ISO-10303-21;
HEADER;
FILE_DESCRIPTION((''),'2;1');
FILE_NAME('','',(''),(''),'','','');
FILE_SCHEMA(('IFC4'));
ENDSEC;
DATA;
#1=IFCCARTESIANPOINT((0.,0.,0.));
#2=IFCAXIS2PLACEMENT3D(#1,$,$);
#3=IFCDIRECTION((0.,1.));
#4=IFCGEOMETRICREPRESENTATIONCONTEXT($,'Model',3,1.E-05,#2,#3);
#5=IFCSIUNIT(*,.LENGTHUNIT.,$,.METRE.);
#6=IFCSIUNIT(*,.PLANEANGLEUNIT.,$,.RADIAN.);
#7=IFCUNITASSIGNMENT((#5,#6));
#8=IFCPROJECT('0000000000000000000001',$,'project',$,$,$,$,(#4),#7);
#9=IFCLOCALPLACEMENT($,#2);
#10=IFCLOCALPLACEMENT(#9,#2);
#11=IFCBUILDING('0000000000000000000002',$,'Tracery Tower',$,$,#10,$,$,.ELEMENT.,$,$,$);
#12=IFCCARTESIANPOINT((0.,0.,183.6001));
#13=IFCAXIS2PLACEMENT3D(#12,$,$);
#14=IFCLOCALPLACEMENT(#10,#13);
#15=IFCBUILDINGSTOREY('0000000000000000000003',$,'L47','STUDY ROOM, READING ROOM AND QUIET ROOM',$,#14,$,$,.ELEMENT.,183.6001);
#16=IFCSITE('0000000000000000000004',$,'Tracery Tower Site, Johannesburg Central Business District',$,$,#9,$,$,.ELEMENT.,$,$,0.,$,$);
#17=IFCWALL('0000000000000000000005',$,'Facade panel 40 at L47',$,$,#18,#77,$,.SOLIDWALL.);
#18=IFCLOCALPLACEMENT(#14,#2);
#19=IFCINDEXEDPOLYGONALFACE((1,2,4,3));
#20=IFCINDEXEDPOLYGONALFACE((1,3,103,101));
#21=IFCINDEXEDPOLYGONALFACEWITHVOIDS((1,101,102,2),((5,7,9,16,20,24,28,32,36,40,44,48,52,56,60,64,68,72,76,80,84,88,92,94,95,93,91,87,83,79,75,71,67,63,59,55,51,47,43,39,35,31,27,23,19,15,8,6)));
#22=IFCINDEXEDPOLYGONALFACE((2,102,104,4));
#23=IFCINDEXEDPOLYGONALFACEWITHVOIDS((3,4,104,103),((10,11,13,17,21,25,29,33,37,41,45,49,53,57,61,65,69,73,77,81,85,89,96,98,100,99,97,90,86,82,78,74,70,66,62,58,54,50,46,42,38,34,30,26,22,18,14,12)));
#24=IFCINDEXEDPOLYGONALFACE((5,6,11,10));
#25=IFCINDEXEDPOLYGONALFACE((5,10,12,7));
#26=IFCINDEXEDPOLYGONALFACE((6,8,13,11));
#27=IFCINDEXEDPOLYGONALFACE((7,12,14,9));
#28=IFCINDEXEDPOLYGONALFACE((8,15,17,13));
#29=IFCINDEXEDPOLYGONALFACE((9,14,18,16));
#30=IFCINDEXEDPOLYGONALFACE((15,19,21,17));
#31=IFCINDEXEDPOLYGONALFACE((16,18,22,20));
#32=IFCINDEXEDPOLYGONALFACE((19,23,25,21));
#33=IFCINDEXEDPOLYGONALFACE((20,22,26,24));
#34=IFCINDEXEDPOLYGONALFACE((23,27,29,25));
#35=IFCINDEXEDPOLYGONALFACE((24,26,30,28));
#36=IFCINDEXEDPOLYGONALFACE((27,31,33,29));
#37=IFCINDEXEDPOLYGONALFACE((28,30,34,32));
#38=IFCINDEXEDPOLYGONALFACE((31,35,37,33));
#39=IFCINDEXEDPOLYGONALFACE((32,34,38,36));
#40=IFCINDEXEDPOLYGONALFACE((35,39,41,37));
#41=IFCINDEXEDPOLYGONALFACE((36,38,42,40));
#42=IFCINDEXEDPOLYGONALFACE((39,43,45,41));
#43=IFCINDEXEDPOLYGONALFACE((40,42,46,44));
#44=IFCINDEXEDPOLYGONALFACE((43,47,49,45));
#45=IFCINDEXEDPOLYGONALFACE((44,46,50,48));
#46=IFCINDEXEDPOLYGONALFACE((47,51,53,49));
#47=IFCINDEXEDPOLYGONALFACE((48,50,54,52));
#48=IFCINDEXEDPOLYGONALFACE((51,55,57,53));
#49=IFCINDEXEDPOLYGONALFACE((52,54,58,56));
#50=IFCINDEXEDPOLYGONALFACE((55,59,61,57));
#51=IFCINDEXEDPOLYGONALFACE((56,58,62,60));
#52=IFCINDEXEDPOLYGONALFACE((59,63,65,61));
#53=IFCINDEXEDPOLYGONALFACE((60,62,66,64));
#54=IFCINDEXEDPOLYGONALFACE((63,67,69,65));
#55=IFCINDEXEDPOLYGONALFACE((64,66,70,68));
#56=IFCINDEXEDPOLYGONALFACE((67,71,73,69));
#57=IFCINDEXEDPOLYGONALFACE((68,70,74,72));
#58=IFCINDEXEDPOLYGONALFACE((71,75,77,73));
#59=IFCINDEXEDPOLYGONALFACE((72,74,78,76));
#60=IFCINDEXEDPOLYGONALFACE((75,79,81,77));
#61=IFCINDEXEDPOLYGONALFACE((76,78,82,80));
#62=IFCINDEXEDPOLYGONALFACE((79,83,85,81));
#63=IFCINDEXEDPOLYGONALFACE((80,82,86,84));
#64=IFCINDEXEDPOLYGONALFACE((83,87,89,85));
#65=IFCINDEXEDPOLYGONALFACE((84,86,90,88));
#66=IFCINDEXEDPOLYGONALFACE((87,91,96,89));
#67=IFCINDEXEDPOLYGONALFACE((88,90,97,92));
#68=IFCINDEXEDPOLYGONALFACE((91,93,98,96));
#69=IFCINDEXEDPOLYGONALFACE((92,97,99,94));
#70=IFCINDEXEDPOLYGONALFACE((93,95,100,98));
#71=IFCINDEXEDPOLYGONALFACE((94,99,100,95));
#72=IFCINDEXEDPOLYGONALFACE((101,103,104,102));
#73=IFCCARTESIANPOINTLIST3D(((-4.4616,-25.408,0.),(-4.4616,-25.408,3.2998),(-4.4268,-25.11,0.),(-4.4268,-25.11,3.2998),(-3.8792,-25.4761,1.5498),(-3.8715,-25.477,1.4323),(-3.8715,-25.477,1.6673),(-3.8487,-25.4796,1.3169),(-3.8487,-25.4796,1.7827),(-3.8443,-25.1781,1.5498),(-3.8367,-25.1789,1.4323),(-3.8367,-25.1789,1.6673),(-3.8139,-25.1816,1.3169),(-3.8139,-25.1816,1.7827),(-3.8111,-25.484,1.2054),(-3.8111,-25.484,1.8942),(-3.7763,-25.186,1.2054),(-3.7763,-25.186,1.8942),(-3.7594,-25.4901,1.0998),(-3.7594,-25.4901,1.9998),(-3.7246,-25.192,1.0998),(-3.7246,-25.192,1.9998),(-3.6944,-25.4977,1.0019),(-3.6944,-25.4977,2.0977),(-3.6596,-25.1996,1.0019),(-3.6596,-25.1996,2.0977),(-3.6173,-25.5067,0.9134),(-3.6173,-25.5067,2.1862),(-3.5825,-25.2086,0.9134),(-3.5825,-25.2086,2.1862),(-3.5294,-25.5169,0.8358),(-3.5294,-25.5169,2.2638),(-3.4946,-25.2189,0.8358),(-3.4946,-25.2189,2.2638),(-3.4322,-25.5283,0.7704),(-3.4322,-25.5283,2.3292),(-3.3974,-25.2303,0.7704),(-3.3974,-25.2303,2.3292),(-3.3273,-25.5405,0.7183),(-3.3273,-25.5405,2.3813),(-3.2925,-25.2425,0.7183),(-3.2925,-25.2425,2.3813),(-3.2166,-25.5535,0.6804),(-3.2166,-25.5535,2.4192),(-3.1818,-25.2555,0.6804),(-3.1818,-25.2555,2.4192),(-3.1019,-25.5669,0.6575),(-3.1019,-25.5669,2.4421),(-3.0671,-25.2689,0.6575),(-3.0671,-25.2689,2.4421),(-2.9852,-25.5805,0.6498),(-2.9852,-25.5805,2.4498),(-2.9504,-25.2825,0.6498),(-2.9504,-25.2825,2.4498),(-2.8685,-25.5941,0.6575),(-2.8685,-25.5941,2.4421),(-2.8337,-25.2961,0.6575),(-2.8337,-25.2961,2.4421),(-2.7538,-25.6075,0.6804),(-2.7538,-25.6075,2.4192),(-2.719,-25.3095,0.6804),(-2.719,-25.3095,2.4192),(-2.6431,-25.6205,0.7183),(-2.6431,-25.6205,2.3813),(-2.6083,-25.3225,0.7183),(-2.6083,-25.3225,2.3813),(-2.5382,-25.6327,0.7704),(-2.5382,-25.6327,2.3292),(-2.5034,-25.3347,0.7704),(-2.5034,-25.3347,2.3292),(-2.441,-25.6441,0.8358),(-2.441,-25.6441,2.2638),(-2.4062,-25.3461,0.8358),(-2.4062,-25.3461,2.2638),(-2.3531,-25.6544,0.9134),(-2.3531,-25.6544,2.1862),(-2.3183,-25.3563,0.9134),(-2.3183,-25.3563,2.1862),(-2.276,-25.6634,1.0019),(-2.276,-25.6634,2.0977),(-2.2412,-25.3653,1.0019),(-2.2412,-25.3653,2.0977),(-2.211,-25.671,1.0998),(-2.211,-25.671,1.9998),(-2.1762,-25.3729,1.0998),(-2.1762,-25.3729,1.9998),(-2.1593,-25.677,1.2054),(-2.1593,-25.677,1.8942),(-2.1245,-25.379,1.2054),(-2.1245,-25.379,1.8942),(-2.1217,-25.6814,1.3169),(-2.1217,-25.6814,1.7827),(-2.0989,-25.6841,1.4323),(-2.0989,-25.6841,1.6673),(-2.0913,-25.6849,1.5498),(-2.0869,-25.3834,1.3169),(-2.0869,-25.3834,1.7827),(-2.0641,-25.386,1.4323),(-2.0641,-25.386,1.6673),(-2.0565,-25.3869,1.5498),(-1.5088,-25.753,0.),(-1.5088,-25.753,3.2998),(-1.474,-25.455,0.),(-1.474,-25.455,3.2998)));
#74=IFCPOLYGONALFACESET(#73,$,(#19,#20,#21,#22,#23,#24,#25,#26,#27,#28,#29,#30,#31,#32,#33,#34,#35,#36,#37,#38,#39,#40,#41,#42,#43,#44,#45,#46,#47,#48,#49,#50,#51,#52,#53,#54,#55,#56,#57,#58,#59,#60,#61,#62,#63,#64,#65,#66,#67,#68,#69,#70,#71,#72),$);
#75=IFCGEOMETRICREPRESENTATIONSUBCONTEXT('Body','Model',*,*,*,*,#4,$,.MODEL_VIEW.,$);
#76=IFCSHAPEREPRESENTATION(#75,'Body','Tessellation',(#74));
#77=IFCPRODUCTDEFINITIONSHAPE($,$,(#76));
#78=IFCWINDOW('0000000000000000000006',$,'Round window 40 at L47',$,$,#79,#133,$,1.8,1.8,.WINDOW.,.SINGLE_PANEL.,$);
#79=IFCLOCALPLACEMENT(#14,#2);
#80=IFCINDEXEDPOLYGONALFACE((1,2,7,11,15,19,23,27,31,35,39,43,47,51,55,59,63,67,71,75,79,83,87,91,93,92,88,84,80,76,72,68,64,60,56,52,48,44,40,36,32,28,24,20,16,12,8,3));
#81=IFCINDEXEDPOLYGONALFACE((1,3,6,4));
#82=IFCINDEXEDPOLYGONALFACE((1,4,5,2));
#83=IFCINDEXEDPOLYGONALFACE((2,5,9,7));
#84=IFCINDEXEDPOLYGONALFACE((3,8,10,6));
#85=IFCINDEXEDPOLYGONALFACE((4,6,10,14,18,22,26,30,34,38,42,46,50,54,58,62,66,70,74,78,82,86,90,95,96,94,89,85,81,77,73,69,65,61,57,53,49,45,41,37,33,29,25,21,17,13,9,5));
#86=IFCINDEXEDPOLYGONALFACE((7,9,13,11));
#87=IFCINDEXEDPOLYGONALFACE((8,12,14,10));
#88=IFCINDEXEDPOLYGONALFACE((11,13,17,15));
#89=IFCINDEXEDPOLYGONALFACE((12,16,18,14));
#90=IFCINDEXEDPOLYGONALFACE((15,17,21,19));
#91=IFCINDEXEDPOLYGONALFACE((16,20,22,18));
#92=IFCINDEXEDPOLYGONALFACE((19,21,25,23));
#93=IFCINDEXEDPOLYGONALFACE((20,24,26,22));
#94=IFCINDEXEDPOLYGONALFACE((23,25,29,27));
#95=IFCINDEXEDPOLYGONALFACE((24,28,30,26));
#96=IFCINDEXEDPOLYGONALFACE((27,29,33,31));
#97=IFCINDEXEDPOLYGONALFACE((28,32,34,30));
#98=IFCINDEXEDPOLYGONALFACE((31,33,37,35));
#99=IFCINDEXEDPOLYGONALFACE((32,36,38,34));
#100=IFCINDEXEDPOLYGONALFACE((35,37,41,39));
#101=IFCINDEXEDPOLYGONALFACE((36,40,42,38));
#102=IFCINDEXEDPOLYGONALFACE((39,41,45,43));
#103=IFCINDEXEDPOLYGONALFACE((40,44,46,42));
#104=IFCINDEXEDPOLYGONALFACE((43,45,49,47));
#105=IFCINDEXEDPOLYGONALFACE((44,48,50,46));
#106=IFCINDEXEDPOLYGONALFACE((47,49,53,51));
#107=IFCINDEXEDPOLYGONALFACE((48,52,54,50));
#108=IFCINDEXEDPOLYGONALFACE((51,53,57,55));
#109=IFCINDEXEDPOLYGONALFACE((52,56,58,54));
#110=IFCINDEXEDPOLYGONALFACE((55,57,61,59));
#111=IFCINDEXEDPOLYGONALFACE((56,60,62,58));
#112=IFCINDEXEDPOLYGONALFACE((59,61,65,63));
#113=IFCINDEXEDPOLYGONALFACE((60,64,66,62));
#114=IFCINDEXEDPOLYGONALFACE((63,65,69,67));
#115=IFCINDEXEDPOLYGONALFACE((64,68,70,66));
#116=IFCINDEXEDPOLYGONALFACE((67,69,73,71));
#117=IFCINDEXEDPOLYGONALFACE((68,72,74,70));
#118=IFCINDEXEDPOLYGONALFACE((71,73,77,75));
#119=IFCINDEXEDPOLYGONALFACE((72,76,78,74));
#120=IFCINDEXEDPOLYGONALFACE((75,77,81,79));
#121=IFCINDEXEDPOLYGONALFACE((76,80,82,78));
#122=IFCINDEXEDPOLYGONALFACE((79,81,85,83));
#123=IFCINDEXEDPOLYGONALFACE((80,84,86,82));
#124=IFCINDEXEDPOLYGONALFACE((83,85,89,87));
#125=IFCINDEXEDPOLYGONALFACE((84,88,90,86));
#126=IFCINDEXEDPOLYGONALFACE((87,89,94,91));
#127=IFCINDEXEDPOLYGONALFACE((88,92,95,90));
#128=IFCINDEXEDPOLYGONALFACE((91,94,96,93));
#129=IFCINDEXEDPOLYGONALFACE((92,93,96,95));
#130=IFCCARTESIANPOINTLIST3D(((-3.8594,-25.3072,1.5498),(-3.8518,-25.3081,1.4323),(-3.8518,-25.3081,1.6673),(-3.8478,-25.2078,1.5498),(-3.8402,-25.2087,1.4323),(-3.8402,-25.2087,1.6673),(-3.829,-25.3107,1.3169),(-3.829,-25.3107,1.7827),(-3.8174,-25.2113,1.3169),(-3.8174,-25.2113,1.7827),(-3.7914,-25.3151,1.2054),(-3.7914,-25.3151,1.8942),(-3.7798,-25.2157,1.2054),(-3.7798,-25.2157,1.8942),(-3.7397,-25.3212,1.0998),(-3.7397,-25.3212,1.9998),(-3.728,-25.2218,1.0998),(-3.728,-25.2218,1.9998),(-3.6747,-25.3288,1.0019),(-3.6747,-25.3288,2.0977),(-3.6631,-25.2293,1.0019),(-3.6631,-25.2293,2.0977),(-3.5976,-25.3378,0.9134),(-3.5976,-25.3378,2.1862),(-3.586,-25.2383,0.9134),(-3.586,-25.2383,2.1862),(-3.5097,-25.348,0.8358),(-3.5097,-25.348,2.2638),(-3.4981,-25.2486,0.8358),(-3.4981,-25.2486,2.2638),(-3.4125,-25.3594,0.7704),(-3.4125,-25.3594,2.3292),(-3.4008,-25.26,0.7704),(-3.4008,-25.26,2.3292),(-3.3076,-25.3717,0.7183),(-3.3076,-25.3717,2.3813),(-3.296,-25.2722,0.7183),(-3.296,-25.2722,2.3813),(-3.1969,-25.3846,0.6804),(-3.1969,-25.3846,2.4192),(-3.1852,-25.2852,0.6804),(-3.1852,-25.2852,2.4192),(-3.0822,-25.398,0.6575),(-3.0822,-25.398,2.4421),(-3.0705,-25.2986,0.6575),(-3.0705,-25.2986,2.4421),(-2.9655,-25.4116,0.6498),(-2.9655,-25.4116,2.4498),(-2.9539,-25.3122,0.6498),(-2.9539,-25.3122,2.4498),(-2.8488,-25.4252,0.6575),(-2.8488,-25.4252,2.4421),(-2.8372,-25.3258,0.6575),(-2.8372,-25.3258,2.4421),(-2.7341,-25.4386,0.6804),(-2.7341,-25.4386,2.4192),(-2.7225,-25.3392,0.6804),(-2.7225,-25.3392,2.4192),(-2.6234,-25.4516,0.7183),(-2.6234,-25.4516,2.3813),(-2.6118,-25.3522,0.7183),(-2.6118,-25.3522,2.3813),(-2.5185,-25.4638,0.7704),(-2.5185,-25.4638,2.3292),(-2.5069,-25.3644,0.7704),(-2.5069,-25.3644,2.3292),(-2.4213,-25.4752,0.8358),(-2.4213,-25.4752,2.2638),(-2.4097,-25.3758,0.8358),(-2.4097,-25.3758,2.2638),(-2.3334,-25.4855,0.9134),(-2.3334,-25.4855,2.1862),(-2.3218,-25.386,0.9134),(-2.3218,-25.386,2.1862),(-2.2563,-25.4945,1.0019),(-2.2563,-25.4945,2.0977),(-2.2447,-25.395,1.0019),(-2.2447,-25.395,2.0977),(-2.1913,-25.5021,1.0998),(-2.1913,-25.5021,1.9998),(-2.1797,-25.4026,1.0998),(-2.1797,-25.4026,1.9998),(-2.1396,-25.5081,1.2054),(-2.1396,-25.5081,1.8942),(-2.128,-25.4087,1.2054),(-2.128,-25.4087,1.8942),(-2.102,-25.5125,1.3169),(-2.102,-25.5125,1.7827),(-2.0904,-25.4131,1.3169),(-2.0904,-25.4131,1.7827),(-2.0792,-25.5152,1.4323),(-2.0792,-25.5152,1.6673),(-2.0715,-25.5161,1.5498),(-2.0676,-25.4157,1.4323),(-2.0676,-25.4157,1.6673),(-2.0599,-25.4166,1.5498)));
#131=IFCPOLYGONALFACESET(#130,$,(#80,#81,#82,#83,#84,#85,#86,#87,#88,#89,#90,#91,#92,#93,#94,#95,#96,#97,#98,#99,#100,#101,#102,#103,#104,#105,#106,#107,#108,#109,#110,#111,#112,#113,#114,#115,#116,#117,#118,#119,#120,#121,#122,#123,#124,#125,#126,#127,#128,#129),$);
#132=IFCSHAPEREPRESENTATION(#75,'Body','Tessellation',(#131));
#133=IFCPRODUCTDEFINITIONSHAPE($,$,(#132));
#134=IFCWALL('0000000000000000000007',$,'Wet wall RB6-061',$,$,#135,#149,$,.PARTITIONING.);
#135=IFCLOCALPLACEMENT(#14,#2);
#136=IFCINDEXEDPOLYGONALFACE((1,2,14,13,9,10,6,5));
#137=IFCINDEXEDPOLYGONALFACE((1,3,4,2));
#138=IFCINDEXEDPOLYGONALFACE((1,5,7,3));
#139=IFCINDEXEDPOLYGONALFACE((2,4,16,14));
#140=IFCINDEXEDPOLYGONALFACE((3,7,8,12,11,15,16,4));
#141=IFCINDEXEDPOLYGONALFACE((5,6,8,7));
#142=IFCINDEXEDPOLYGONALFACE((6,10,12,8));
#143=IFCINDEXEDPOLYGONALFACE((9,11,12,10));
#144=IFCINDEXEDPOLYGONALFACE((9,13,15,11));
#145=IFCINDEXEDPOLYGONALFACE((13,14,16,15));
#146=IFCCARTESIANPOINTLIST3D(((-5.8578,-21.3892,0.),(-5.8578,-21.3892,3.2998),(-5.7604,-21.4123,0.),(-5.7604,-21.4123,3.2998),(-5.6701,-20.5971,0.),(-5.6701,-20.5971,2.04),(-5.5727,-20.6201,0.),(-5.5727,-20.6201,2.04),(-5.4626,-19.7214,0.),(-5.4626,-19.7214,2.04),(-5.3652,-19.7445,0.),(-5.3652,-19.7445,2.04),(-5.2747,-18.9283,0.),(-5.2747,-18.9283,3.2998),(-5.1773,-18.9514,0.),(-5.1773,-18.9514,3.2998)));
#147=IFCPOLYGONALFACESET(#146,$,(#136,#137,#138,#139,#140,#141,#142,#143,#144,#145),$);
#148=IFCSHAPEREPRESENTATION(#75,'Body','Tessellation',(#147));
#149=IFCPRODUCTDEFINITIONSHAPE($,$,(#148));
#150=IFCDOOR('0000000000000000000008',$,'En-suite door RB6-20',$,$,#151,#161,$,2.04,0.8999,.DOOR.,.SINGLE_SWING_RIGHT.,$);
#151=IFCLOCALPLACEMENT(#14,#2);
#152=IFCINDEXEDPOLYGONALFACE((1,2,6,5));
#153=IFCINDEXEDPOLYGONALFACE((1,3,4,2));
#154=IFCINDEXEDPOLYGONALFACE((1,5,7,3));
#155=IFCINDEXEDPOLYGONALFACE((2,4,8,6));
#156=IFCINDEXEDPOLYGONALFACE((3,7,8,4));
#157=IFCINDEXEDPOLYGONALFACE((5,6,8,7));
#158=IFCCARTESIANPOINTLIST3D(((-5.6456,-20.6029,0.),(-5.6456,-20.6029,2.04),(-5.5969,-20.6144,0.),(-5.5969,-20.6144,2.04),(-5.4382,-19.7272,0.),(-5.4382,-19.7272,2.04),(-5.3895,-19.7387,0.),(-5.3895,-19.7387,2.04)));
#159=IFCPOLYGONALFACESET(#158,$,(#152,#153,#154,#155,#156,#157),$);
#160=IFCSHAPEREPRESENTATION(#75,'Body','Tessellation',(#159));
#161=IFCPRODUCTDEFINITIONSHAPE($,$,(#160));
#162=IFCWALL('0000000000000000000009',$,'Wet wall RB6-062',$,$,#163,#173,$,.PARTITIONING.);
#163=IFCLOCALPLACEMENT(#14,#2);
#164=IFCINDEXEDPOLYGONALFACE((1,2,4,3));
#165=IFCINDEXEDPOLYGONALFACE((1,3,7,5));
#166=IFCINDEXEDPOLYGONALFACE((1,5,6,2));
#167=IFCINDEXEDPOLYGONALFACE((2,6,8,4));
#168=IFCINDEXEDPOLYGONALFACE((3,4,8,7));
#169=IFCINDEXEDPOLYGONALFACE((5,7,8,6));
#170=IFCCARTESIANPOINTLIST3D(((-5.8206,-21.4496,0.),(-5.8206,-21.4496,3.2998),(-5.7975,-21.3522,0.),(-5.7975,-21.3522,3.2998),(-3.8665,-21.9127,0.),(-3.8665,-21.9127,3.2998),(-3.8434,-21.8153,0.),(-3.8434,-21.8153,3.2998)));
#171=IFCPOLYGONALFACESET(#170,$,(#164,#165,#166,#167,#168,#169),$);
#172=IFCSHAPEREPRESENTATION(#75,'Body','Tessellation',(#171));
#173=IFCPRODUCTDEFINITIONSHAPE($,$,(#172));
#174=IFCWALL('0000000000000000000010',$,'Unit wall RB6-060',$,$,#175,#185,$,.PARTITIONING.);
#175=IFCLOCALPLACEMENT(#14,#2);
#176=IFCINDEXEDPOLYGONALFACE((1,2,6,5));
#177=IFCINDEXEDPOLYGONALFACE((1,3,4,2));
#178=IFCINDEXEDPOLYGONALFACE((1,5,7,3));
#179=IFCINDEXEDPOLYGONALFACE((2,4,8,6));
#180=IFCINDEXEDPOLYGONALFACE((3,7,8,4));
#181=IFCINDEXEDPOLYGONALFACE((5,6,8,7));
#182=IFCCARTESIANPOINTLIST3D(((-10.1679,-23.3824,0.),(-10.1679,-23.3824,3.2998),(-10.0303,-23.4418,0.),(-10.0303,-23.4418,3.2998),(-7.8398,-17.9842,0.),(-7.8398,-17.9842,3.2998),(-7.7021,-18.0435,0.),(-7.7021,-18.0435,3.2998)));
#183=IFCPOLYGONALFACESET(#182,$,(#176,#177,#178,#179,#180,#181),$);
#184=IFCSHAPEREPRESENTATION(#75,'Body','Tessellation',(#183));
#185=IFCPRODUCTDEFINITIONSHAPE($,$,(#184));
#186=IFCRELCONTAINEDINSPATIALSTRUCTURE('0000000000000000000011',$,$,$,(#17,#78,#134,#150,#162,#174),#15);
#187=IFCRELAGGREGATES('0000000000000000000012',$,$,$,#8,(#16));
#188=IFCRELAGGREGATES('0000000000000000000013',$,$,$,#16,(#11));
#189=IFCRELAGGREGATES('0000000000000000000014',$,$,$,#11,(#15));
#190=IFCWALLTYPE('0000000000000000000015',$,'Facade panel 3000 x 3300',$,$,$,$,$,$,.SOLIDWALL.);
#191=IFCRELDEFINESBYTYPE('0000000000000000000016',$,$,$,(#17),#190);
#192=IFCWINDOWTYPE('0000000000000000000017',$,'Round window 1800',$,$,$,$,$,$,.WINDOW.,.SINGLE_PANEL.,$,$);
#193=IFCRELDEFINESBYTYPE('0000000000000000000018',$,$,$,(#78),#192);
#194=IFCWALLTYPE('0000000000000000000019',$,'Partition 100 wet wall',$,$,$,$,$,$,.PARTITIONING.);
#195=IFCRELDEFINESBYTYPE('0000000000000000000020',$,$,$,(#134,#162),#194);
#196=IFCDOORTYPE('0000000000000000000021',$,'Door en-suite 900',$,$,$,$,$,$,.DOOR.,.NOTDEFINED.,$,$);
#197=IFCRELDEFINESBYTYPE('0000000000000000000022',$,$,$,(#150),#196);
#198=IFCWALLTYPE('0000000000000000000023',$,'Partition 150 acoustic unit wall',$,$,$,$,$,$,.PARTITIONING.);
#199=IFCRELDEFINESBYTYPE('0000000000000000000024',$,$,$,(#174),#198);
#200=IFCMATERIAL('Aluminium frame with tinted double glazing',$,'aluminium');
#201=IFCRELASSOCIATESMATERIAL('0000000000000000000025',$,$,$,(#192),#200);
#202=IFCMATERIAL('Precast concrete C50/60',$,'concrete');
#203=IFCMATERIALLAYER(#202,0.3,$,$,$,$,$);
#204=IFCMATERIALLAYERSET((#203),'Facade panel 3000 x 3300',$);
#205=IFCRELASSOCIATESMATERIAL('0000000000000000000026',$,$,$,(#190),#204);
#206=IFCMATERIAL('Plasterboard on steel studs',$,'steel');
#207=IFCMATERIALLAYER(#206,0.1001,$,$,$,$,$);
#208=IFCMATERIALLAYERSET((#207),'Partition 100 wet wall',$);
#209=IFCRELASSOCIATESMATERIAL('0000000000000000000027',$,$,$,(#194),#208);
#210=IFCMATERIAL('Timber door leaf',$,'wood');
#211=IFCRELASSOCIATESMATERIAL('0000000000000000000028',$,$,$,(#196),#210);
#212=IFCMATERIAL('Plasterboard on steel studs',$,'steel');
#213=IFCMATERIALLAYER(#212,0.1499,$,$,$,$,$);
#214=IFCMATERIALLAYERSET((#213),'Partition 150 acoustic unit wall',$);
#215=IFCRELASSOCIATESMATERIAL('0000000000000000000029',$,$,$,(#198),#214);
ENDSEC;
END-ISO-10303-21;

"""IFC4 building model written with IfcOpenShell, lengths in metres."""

from ifc_helpers import new_model, si_unit, direction, frame, frame_2d, origin, origin_2d, place, context, subcontext, project, spatial, rectangle, circle, extrude, material, layer, layer_set, type_object, element, fill, save


model = new_model("IFC4")

# Units and contexts
model_context = context("Model", 3, precision=1e-05, world=origin(), true_north=direction((0.0, 1.0)))
body_context = subcontext(model_context, "Body", "Model", "MODEL_VIEW")
ifc_project = project(units=[si_unit("LENGTHUNIT", "METRE"), si_unit("PLANEANGLEUNIT", "RADIAN")], contexts=[model_context])

# Site, building, storey
site_placement = place(None, origin())
site = spatial("IfcSite", under=ifc_project, at=site_placement, Name="Tracery Tower Site, Johannesburg Central Business District", CompositionType="ELEMENT", RefElevation=0.0)
building_placement = place(site_placement, origin())
building = spatial("IfcBuilding", under=site, at=building_placement, Name="Tracery Tower", CompositionType="ELEMENT")
storey_placement = place(building_placement, frame((0.0, 0.0, 183.6001)))
storey = spatial("IfcBuildingStorey", under=building, at=storey_placement, Name="L47", Description="STUDY ROOM, READING ROOM AND QUIET ROOM", CompositionType="ELEMENT", Elevation=183.6001)

# Wall, opening, window
ifc_material_1 = material(Name="Aluminium frame with tinted double glazing", Category="aluminium")
window_type = type_object("IfcWindowType", Name="Round window 1800", PartitioningType="SINGLE_PANEL", PredefinedType="WINDOW", material=ifc_material_1)
ifc_material_2 = material(Name="Precast concrete C50/60", Category="concrete")
ifc_layer_1 = layer(ifc_material_2, 0.3)
ifc_layer_set_1 = layer_set([ifc_layer_1], Name="Facade panel 3000 x 3300")
wall_type_1 = type_object("IfcWallType", Name="Facade panel 3000 x 3300", PredefinedType="SOLIDWALL", material=ifc_layer_set_1)
wall_1_placement = place(storey_placement, frame((-4.4441, -25.259, 0.0), z_axis=(0.0, 0.0, 1.0), x_axis=(0.993245, -0.116036, 0.0)))
wall_1 = element("IfcWall", 1, at=wall_1_placement, inside=storey, type_object=wall_type_1, Name="Facade panel 40 at L47", PredefinedType="SOLIDWALL", context=body_context, shape_type="SweptSolid", body=[
    extrude(rectangle(XDim=2.9729, YDim=0.3, at=frame_2d((1.4863, 0.0))), origin(), (0.0, 0.0, 1.0), 3.2998),
])
opening_1_placement = place(wall_1_placement, frame((1.4863, 0.0, 1.5498)))
opening_1 = element("IfcOpeningElement", 2, at=opening_1_placement, cuts=wall_1, PredefinedType="OPENING", context=body_context, shape_type="SweptSolid", body=[
    extrude(circle(Radius=0.9, at=origin_2d()), frame((0.0, 0.1599, 0.0), z_axis=(0.0, -1.0, 0.0), x_axis=(1.0, 0.0, 0.0)), (0.0, 0.0, 1.0), 0.3201),
])
window_1_placement = place(opening_1_placement, origin())
window_1 = element("IfcWindow", 3, at=window_1_placement, inside=storey, type_object=window_type, Name="Round window 40 at L47", OverallHeight=1.8, OverallWidth=1.8, PartitioningType="SINGLE_PANEL", PredefinedType="WINDOW", context=body_context, shape_type="SweptSolid", body=[
    extrude(circle(Radius=0.9, at=origin_2d()), frame((0.0, 0.1201, 0.0), z_axis=(0.0, -1.0, 0.0), x_axis=(1.0, 0.0, 0.0)), (0.0, 0.0, 1.0), 0.1001),
])
fill(opening_1, window_1)

# Wall, opening, door
ifc_material_3 = material(Name="Plasterboard on steel studs", Category="steel")
ifc_layer_2 = layer(ifc_material_3, 0.1001)
ifc_layer_set_2 = layer_set([ifc_layer_2], Name="Partition 100 wet wall")
wall_type_2 = type_object("IfcWallType", Name="Partition 100 wet wall", PredefinedType="PARTITIONING", material=ifc_layer_set_2)
wall_2_placement = place(storey_placement, frame((-5.8091, -21.4009, 0.0), z_axis=(0.0, 0.0, 1.0), x_axis=(0.230524, 0.973067, 0.0)))
wall_2 = element("IfcWall", 4, at=wall_2_placement, inside=storey, type_object=wall_type_2, Name="Wet wall RB6-061", PredefinedType="PARTITIONING", context=body_context, shape_type="SweptSolid", body=[
    extrude(rectangle(XDim=2.5291, YDim=0.1001, at=frame_2d((1.2646, 0.0))), origin(), (0.0, 0.0, 1.0), 3.2998),
])
opening_2_placement = place(wall_2_placement, frame((0.8142, 0.0, 0.0)))
opening_2 = element("IfcOpeningElement", 5, at=opening_2_placement, cuts=wall_2, PredefinedType="OPENING", context=body_context, shape_type="SweptSolid", body=[
    extrude(rectangle(XDim=0.8999, YDim=2.04, at=frame_2d((0.45, 1.02))), frame((0.0, 0.05, 0.0), z_axis=(0.0, -1.0, 0.0), x_axis=(1.0, 0.0, 0.0)), (0.0, 0.0, 1.0), 0.1001),
])
ifc_material_4 = material(Name="Timber door leaf", Category="wood")
door_type_1 = type_object("IfcDoorType", Name="Door en-suite 900", OperationType="NOTDEFINED", PredefinedType="DOOR", material=ifc_material_4)
door_1_placement = place(opening_2_placement, origin())
door_1 = element("IfcDoor", 6, at=door_1_placement, inside=storey, type_object=door_type_1, Name="En-suite door RB6-20", OperationType="SINGLE_SWING_RIGHT", OverallHeight=2.04, OverallWidth=0.8999, PredefinedType="DOOR", context=body_context, shape_type="SweptSolid", body=[
    extrude(rectangle(XDim=0.8999, YDim=2.04, at=frame_2d((0.45, 1.02))), frame((0.0, 0.0249, 0.0), z_axis=(0.0, -1.0, 0.0), x_axis=(1.0, 0.0, 0.0)), (0.0, 0.0, 1.0), 0.05),
])
fill(opening_2, door_1)

# Walls
wall_3_placement = place(storey_placement, frame((-5.8091, -21.4009, 0.0), z_axis=(0.0, 0.0, 1.0), x_axis=(0.973044, -0.230618, 0.0)))
element("IfcWall", 7, at=wall_3_placement, inside=storey, type_object=wall_type_2, Name="Wet wall RB6-062", PredefinedType="PARTITIONING", context=body_context, shape_type="SweptSolid", body=[
    extrude(rectangle(XDim=2.0083, YDim=0.1001, at=frame_2d((1.0042, 0.0))), origin(), (0.0, 0.0, 1.0), 3.2998),
])
ifc_material_5 = material(Name="Plasterboard on steel studs", Category="steel")
ifc_layer_3 = layer(ifc_material_5, 0.1499)
ifc_layer_set_3 = layer_set([ifc_layer_3], Name="Partition 150 acoustic unit wall")
wall_type_3 = type_object("IfcWallType", Name="Partition 150 acoustic unit wall", PredefinedType="PARTITIONING", material=ifc_layer_set_3)
wall_4_placement = place(storey_placement, frame((-10.0991, -23.4121, 0.0), z_axis=(0.0, 0.0, 1.0), x_axis=(0.396018, 0.918243, 0.0)))
element("IfcWall", 8, at=wall_4_placement, inside=storey, type_object=wall_type_3, Name="Unit wall RB6-060", PredefinedType="PARTITIONING", context=body_context, shape_type="SweptSolid", body=[
    extrude(rectangle(XDim=5.8789, YDim=0.1499, at=frame_2d((2.9395, 0.0))), origin(), (0.0, 0.0, 1.0), 3.2998),
])

save(model, "model.ifc")
